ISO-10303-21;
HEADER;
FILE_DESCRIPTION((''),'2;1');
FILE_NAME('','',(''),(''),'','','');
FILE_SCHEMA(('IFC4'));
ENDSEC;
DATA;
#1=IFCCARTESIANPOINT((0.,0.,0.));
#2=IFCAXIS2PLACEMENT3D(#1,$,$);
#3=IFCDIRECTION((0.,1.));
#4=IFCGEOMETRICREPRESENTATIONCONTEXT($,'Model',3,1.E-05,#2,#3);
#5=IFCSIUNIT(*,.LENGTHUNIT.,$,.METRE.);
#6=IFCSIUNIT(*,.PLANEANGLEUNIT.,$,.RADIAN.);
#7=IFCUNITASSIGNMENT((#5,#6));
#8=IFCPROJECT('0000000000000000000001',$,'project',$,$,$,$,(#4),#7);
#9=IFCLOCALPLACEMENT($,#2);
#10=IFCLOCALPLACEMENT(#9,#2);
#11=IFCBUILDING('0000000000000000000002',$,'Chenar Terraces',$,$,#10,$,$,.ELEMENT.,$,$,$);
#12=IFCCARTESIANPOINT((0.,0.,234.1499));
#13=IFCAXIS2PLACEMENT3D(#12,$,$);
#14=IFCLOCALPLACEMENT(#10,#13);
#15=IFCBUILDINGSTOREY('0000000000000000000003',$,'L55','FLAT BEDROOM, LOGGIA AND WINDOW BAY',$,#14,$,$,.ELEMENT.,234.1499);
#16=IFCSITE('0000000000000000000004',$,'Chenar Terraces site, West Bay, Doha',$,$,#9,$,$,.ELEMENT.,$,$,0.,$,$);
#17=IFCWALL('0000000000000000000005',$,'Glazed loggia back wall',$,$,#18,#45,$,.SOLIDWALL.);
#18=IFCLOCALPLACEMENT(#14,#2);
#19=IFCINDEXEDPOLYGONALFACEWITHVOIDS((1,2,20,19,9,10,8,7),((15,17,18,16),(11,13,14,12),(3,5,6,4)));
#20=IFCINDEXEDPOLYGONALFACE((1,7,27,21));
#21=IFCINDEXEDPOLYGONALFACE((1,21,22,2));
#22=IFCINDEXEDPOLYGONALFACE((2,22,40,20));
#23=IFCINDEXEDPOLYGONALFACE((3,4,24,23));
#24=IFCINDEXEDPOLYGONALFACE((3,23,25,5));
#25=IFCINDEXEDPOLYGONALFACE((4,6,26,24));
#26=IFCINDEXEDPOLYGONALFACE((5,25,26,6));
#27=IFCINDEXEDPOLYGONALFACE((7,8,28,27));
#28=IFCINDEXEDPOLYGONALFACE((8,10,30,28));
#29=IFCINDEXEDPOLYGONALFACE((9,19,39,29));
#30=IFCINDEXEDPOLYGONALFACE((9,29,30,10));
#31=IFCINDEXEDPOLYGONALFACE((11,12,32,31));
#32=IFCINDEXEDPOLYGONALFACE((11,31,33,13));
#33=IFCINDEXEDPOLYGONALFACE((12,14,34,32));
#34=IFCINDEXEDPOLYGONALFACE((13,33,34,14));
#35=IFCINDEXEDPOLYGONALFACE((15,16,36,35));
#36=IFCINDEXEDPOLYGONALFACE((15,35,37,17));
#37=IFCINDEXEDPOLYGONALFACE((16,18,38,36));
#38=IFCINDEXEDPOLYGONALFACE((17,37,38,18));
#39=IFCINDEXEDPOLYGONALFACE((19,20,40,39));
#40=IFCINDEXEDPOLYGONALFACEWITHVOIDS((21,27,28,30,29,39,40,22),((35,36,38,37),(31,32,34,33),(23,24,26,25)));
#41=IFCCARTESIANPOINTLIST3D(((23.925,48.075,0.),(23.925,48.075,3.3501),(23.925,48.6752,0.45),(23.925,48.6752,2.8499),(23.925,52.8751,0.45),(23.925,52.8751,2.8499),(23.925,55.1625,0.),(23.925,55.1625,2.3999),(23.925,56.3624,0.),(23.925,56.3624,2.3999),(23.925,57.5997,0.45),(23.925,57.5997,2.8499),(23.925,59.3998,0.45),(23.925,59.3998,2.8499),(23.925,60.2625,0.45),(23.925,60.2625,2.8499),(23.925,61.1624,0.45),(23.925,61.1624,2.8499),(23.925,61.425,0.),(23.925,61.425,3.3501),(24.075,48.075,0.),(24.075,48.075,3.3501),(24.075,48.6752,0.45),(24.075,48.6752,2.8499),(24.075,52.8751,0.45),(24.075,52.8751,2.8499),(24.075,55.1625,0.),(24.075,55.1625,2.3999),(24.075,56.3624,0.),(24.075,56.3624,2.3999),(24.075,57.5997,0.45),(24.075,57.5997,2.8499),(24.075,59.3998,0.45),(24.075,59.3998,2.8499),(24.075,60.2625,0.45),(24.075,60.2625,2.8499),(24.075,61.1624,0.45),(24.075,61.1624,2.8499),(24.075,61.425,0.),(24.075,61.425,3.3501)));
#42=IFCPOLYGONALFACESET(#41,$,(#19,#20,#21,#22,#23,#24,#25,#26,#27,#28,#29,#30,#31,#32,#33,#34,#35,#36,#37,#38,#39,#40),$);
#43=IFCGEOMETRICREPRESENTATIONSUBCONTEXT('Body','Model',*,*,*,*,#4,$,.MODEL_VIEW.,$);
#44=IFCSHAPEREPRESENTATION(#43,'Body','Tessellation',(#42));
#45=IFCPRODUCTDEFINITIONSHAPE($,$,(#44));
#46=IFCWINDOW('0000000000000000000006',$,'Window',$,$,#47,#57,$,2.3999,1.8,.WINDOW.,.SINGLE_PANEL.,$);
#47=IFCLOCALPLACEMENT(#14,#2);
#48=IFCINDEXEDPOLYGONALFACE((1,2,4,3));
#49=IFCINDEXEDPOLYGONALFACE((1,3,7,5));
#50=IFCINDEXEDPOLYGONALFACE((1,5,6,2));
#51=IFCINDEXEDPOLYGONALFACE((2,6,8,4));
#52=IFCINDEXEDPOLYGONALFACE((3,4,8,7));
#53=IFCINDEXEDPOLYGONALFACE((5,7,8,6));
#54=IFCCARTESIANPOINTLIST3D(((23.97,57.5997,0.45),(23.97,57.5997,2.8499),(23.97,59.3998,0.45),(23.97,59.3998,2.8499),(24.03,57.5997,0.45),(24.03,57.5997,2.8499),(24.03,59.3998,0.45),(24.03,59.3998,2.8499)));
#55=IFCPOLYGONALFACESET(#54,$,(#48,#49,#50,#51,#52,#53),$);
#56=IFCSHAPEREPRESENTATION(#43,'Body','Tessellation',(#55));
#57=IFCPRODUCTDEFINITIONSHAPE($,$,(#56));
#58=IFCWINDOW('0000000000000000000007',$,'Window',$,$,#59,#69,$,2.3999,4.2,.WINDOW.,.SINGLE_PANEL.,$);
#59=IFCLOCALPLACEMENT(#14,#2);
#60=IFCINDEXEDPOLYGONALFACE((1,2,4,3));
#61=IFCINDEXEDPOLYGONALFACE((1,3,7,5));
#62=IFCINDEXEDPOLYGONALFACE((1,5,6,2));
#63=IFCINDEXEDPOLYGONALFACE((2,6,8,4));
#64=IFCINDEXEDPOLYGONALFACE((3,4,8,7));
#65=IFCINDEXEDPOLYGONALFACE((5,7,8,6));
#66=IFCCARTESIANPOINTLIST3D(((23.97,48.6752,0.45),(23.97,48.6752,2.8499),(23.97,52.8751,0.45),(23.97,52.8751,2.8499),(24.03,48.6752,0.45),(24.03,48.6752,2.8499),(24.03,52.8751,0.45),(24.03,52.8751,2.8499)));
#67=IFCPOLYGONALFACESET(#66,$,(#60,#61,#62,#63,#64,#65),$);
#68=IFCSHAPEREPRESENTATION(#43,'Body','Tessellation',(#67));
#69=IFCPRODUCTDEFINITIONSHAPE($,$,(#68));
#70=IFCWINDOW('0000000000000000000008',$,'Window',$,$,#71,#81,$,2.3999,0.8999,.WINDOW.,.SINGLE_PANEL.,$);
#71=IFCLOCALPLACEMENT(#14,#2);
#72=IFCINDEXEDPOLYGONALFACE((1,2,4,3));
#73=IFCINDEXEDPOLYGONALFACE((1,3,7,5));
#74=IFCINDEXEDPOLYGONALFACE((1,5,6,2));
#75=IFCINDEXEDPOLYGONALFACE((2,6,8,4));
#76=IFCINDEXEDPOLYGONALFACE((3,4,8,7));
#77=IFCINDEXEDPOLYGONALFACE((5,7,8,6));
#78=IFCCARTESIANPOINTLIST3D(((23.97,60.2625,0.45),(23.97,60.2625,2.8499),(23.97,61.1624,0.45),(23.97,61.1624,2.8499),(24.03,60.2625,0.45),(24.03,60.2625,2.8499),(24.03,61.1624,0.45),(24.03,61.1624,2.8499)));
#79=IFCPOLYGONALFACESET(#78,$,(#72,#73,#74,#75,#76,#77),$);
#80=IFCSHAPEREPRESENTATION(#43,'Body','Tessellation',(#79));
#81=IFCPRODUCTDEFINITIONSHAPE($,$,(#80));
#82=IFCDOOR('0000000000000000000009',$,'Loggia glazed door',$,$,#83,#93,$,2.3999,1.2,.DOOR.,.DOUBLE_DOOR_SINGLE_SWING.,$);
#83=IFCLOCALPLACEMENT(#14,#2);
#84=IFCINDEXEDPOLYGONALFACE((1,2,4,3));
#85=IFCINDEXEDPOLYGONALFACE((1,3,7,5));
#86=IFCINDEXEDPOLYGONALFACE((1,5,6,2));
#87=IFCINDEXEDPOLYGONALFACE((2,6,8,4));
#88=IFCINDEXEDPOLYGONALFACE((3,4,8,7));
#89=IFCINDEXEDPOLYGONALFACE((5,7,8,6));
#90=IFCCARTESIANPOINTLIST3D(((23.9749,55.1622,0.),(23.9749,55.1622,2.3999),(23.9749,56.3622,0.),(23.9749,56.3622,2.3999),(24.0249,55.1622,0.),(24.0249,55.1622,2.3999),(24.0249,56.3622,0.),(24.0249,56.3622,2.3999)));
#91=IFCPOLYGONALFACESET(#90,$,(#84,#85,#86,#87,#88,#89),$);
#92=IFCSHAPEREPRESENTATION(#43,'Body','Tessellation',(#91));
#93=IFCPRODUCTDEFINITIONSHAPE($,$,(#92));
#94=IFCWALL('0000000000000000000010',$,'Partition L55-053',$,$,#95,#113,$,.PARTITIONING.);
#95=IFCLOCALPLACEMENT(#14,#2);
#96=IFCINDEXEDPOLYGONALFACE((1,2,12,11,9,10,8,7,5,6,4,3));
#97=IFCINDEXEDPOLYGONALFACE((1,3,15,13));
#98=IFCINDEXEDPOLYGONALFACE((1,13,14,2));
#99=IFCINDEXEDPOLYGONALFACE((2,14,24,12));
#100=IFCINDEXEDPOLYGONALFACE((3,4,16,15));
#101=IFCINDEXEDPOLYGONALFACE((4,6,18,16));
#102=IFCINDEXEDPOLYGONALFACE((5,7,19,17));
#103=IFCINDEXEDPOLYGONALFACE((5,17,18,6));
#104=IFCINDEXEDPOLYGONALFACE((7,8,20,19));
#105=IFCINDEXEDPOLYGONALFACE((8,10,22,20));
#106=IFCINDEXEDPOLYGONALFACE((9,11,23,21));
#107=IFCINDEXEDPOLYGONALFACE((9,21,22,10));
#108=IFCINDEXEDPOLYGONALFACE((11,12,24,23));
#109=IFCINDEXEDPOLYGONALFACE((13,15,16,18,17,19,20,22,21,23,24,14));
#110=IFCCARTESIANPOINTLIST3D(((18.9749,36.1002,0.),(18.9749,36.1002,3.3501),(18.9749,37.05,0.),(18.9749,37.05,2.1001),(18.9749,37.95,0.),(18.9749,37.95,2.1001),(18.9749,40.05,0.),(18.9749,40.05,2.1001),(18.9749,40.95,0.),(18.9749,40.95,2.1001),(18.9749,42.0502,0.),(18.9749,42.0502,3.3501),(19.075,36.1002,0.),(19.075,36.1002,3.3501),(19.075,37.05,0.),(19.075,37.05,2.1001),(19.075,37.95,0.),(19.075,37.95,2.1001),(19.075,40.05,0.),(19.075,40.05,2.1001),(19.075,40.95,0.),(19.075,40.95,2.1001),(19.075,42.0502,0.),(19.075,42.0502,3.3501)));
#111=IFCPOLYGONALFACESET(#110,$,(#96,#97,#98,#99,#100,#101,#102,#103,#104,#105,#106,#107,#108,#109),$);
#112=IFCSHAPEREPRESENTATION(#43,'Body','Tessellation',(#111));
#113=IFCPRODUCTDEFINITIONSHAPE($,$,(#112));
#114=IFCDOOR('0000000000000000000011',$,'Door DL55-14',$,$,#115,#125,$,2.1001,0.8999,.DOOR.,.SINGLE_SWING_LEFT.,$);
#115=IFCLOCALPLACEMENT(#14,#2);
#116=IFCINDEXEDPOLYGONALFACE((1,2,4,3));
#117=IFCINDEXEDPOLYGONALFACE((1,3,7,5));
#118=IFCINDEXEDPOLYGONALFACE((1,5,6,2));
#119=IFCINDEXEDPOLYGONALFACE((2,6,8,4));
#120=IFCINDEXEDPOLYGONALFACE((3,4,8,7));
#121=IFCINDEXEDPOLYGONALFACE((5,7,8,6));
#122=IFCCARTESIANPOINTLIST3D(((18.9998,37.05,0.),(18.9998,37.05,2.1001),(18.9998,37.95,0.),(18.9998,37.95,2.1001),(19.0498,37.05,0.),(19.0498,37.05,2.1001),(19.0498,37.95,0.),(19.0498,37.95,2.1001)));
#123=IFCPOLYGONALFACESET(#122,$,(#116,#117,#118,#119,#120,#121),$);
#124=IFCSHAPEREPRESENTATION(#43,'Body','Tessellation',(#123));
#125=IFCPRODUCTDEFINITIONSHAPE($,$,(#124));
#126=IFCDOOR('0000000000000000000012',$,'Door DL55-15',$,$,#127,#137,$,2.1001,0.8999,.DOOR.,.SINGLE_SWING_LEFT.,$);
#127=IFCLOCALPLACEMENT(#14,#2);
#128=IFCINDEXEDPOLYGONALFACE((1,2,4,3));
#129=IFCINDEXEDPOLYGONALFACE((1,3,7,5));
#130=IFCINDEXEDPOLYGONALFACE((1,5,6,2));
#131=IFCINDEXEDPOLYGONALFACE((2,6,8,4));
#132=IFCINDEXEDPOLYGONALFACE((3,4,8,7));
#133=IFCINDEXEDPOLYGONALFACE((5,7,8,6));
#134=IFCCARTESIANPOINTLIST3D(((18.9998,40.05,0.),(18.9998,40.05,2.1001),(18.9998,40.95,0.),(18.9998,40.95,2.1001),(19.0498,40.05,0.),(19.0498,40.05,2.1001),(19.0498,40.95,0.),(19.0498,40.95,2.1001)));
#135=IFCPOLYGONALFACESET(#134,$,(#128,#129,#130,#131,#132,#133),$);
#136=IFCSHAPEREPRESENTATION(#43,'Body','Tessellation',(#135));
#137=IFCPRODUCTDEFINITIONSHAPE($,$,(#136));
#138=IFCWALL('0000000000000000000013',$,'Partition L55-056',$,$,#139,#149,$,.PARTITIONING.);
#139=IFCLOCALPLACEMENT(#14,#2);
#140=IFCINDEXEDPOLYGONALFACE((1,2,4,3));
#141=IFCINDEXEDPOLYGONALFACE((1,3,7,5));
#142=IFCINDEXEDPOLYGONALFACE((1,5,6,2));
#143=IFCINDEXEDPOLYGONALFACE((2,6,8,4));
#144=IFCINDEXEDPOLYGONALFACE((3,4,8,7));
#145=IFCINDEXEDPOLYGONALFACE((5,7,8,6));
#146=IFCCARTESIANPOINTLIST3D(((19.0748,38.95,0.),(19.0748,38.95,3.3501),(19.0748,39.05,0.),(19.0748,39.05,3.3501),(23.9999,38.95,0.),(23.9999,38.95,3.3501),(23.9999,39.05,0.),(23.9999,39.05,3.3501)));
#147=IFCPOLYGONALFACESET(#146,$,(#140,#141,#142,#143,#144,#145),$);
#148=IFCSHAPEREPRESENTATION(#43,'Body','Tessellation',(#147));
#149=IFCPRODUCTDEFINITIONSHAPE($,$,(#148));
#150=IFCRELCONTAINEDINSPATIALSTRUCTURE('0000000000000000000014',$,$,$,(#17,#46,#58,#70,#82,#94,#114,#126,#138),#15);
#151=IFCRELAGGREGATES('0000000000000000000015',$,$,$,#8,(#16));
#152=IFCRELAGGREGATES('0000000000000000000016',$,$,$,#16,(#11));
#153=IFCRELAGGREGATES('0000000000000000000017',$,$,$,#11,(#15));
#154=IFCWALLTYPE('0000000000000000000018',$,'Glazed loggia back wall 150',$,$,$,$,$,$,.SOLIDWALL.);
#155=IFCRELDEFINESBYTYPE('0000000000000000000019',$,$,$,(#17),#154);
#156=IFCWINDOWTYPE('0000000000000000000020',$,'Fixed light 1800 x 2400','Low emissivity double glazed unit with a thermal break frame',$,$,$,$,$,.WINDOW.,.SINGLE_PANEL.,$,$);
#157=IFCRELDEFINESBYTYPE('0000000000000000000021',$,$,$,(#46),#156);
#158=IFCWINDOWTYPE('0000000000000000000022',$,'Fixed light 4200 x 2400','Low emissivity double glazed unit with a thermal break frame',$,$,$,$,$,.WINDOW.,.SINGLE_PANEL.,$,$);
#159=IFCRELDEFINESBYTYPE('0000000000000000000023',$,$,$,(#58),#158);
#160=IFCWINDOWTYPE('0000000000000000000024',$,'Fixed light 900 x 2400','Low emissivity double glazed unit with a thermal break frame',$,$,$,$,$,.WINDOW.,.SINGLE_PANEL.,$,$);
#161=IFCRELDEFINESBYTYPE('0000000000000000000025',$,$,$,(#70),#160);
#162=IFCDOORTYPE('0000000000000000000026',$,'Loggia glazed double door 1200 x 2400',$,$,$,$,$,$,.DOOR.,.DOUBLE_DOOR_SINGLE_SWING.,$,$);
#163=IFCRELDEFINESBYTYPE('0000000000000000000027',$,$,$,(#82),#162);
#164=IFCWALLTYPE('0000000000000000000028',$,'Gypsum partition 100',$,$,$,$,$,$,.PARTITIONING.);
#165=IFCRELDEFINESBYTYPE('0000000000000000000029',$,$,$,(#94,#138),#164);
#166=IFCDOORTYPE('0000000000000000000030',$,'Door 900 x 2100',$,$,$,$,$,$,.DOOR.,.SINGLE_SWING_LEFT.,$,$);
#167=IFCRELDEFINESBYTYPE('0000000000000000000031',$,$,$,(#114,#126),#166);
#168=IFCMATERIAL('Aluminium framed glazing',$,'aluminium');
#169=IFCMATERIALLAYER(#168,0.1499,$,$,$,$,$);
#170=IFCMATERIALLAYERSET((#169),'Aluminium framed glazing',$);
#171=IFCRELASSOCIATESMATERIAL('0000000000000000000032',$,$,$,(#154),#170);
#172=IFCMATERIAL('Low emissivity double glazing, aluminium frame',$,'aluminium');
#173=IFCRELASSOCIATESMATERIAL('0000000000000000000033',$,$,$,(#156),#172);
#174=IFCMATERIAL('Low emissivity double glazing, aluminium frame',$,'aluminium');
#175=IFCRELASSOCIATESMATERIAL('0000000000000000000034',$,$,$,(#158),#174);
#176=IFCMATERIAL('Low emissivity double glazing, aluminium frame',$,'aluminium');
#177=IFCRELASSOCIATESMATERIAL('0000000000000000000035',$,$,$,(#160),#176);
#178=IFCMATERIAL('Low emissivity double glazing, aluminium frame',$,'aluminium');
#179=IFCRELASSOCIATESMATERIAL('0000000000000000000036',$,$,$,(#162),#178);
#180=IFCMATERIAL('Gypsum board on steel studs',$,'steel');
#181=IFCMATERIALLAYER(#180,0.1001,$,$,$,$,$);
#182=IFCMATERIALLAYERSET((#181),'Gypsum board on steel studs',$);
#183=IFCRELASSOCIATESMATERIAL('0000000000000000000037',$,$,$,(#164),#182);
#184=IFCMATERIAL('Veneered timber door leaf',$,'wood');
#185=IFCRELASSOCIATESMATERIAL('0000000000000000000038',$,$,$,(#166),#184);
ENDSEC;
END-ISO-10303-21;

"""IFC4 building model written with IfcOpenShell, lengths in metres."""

from ifc_helpers import new_model, si_unit, direction, frame, frame_2d, origin, place, context, subcontext, project, spatial, rectangle, extrude, material, layer, layer_set, type_object, element, fill, save


model = new_model("IFC4")

# Units and contexts
model_context = context("Model", 3, precision=1e-05, world=origin(), true_north=direction((0.0, 1.0)))
body_context = subcontext(model_context, "Body", "Model", "MODEL_VIEW")
ifc_project = project(units=[si_unit("LENGTHUNIT", "METRE"), si_unit("PLANEANGLEUNIT", "RADIAN")], contexts=[model_context])

# Site, building, storey
site_placement = place(None, origin())
site = spatial("IfcSite", under=ifc_project, at=site_placement, Name="Chenar Terraces site, West Bay, Doha", CompositionType="ELEMENT", RefElevation=0.0)
building_placement = place(site_placement, origin())
building = spatial("IfcBuilding", under=site, at=building_placement, Name="Chenar Terraces", CompositionType="ELEMENT")
storey_placement = place(building_placement, frame((0.0, 0.0, 234.1499)))
storey = spatial("IfcBuildingStorey", under=building, at=storey_placement, Name="L55", Description="FLAT BEDROOM, LOGGIA AND WINDOW BAY", CompositionType="ELEMENT", Elevation=234.1499)

# Wall, openings, windows, door
ifc_material_1 = material(Name="Aluminium framed glazing", Category="aluminium")
ifc_layer_1 = layer(ifc_material_1, 0.1499)
ifc_layer_set_1 = layer_set([ifc_layer_1], Name="Aluminium framed glazing")
wall_type_1 = type_object("IfcWallType", Name="Glazed loggia back wall 150", PredefinedType="SOLIDWALL", material=ifc_layer_set_1)
wall_1_placement = place(storey_placement, frame((24.0, 48.075, 0.0), z_axis=(0.0, 0.0, 1.0), x_axis=(0.0, 1.0, 0.0)))
wall_1 = element("IfcWall", 1, at=wall_1_placement, inside=storey, type_object=wall_type_1, Name="Glazed loggia back wall", PredefinedType="SOLIDWALL", context=body_context, shape_type="SweptSolid", body=[
    extrude(rectangle(XDim=13.3501, YDim=0.1499, at=frame_2d((6.675, 0.0))), origin(), (0.0, 0.0, 1.0), 3.3501),
])
opening_1_placement = place(wall_1_placement, frame((0.6001, 0.0, 0.45)))
opening_1 = element("IfcOpeningElement", 2, at=opening_1_placement, cuts=wall_1, PredefinedType="OPENING", context=body_context, shape_type="SweptSolid", body=[
    extrude(rectangle(XDim=4.2, YDim=2.3999, at=frame_2d((2.1001, 1.2))), frame((0.0, 0.085, 0.0), z_axis=(0.0, -1.0, 0.0), x_axis=(1.0, 0.0, 0.0)), (0.0, 0.0, 1.0), 0.1699),
])
opening_2_placement = place(wall_1_placement, frame((7.0874, 0.0, 0.0)))
opening_2 = element("IfcOpeningElement", 3, at=opening_2_placement, cuts=wall_1, PredefinedType="OPENING", context=body_context, shape_type="SweptSolid", body=[
    extrude(rectangle(XDim=1.2, YDim=2.3999, at=frame_2d((0.6001, 1.2))), frame((0.0, 0.085, 0.0), z_axis=(0.0, -1.0, 0.0), x_axis=(1.0, 0.0, 0.0)), (0.0, 0.0, 1.0), 0.1699),
])
opening_3_placement = place(wall_1_placement, frame((9.5249, 0.0, 0.45)))
opening_3 = element("IfcOpeningElement", 4, at=opening_3_placement, cuts=wall_1, PredefinedType="OPENING", context=body_context, shape_type="SweptSolid", body=[
    extrude(rectangle(XDim=1.8, YDim=2.3999, at=frame_2d((0.8999, 1.2))), frame((0.0, 0.085, 0.0), z_axis=(0.0, -1.0, 0.0), x_axis=(1.0, 0.0, 0.0)), (0.0, 0.0, 1.0), 0.1699),
])
opening_4_placement = place(wall_1_placement, frame((12.1875, 0.0, 0.45)))
opening_4 = element("IfcOpeningElement", 5, at=opening_4_placement, cuts=wall_1, PredefinedType="OPENING", context=body_context, shape_type="SweptSolid", body=[
    extrude(rectangle(XDim=0.8999, YDim=2.3999, at=frame_2d((0.45, 1.2))), frame((0.0, 0.085, 0.0), z_axis=(0.0, -1.0, 0.0), x_axis=(1.0, 0.0, 0.0)), (0.0, 0.0, 1.0), 0.1699),
])
ifc_material_2 = material(Name="Low emissivity double glazing, aluminium frame", Category="aluminium")
window_type_1 = type_object("IfcWindowType", Name="Fixed light 1800 x 2400", Description="Low emissivity double glazed unit with a thermal break frame", PartitioningType="SINGLE_PANEL", PredefinedType="WINDOW", material=ifc_material_2)
window_1_placement = place(opening_3_placement, origin())
window_1 = element("IfcWindow", 6, at=window_1_placement, inside=storey, type_object=window_type_1, Name="Window", OverallHeight=2.3999, OverallWidth=1.8, PartitioningType="SINGLE_PANEL", PredefinedType="WINDOW", context=body_context, shape_type="SweptSolid", body=[
    extrude(rectangle(XDim=1.8, YDim=2.3999, at=frame_2d((0.8999, 1.2))), frame((0.0, 0.03, 0.0), z_axis=(0.0, -1.0, 0.0), x_axis=(1.0, 0.0, 0.0)), (0.0, 0.0, 1.0), 0.0601),
])
fill(opening_3, window_1)
ifc_material_3 = material(Name="Low emissivity double glazing, aluminium frame", Category="aluminium")
window_type_2 = type_object("IfcWindowType", Name="Fixed light 4200 x 2400", Description="Low emissivity double glazed unit with a thermal break frame", PartitioningType="SINGLE_PANEL", PredefinedType="WINDOW", material=ifc_material_3)
window_2_placement = place(opening_1_placement, origin())
window_2 = element("IfcWindow", 7, at=window_2_placement, inside=storey, type_object=window_type_2, Name="Window", OverallHeight=2.3999, OverallWidth=4.2, PartitioningType="SINGLE_PANEL", PredefinedType="WINDOW", context=body_context, shape_type="SweptSolid", body=[
    extrude(rectangle(XDim=4.2, YDim=2.3999, at=frame_2d((2.1001, 1.2))), frame((0.0, 0.03, 0.0), z_axis=(0.0, -1.0, 0.0), x_axis=(1.0, 0.0, 0.0)), (0.0, 0.0, 1.0), 0.0601),
])
fill(opening_1, window_2)
ifc_material_4 = material(Name="Low emissivity double glazing, aluminium frame", Category="aluminium")
window_type_3 = type_object("IfcWindowType", Name="Fixed light 900 x 2400", Description="Low emissivity double glazed unit with a thermal break frame", PartitioningType="SINGLE_PANEL", PredefinedType="WINDOW", material=ifc_material_4)
window_3_placement = place(opening_4_placement, origin())
window_3 = element("IfcWindow", 8, at=window_3_placement, inside=storey, type_object=window_type_3, Name="Window", OverallHeight=2.3999, OverallWidth=0.8999, PartitioningType="SINGLE_PANEL", PredefinedType="WINDOW", context=body_context, shape_type="SweptSolid", body=[
    extrude(rectangle(XDim=0.8999, YDim=2.3999, at=frame_2d((0.45, 1.2))), frame((0.0, 0.03, 0.0), z_axis=(0.0, -1.0, 0.0), x_axis=(1.0, 0.0, 0.0)), (0.0, 0.0, 1.0), 0.0601),
])
fill(opening_4, window_3)
ifc_material_5 = material(Name="Low emissivity double glazing, aluminium frame", Category="aluminium")
door_type_1 = type_object("IfcDoorType", Name="Loggia glazed double door 1200 x 2400", OperationType="DOUBLE_DOOR_SINGLE_SWING", PredefinedType="DOOR", material=ifc_material_5)
door_1_placement = place(opening_2_placement, frame((1.2, 0.0, 0.0), z_axis=(0.0, 0.0, 1.0), x_axis=(-1.0, 0.0, 0.0)))
door_1 = element("IfcDoor", 9, at=door_1_placement, inside=storey, type_object=door_type_1, Name="Loggia glazed door", OperationType="DOUBLE_DOOR_SINGLE_SWING", OverallHeight=2.3999, OverallWidth=1.2, PredefinedType="DOOR", context=body_context, shape_type="SweptSolid", body=[
    extrude(rectangle(XDim=1.2, YDim=2.3999, at=frame_2d((0.6001, 1.2))), frame((0.0, 0.0249, 0.0), z_axis=(0.0, -1.0, 0.0), x_axis=(1.0, 0.0, 0.0)), (0.0, 0.0, 1.0), 0.05),
])
fill(opening_2, door_1)

# Wall, openings, doors
ifc_material_6 = material(Name="Gypsum board on steel studs", Category="steel")
ifc_layer_2 = layer(ifc_material_6, 0.1001)
ifc_layer_set_2 = layer_set([ifc_layer_2], Name="Gypsum board on steel studs")
wall_type_2 = type_object("IfcWallType", Name="Gypsum partition 100", PredefinedType="PARTITIONING", material=ifc_layer_set_2)
wall_2_placement = place(storey_placement, frame((19.0249, 36.1001, 0.0), z_axis=(0.0, 0.0, 1.0), x_axis=(0.0, 1.0, 0.0)))
wall_2 = element("IfcWall", 10, at=wall_2_placement, inside=storey, type_object=wall_type_2, Name="Partition L55-053", PredefinedType="PARTITIONING", context=body_context, shape_type="SweptSolid", body=[
    extrude(rectangle(XDim=5.95, YDim=0.1001, at=frame_2d((2.9751, 0.0))), origin(), (0.0, 0.0, 1.0), 3.3501),
])
opening_5_placement = place(wall_2_placement, frame((0.95, 0.0, 0.0)))
opening_5 = element("IfcOpeningElement", 11, at=opening_5_placement, cuts=wall_2, PredefinedType="OPENING", context=body_context, shape_type="SweptSolid", body=[
    extrude(rectangle(XDim=0.8999, YDim=2.1001, at=frame_2d((0.45, 1.05))), frame((0.0, 0.0601, 0.0), z_axis=(0.0, -1.0, 0.0), x_axis=(1.0, 0.0, 0.0)), (0.0, 0.0, 1.0), 0.1201),
])
opening_6_placement = place(wall_2_placement, frame((3.95, 0.0, 0.0)))
opening_6 = element("IfcOpeningElement", 12, at=opening_6_placement, cuts=wall_2, PredefinedType="OPENING", context=body_context, shape_type="SweptSolid", body=[
    extrude(rectangle(XDim=0.8999, YDim=2.1001, at=frame_2d((0.45, 1.05))), frame((0.0, 0.0601, 0.0), z_axis=(0.0, -1.0, 0.0), x_axis=(1.0, 0.0, 0.0)), (0.0, 0.0, 1.0), 0.1201),
])
ifc_material_7 = material(Name="Veneered timber door leaf", Category="wood")
door_type_2 = type_object("IfcDoorType", Name="Door 900 x 2100", OperationType="SINGLE_SWING_LEFT", PredefinedType="DOOR", material=ifc_material_7)
door_2_placement = place(opening_5_placement, frame((0.8999, 0.0, 0.0), z_axis=(0.0, 0.0, 1.0), x_axis=(-1.0, 0.0, 0.0)))
door_2 = element("IfcDoor", 13, at=door_2_placement, inside=storey, type_object=door_type_2, Name="Door DL55-14", OperationType="SINGLE_SWING_LEFT", OverallHeight=2.1001, OverallWidth=0.8999, PredefinedType="DOOR", context=body_context, shape_type="SweptSolid", body=[
    extrude(rectangle(XDim=0.8999, YDim=2.1001, at=frame_2d((0.45, 1.05))), frame((0.0, 0.0249, 0.0), z_axis=(0.0, -1.0, 0.0), x_axis=(1.0, 0.0, 0.0)), (0.0, 0.0, 1.0), 0.05),
])
fill(opening_5, door_2)
door_3_placement = place(opening_6_placement, frame((0.8999, 0.0, 0.0), z_axis=(0.0, 0.0, 1.0), x_axis=(-1.0, 0.0, 0.0)))
door_3 = element("IfcDoor", 14, at=door_3_placement, inside=storey, type_object=door_type_2, Name="Door DL55-15", OperationType="SINGLE_SWING_LEFT", OverallHeight=2.1001, OverallWidth=0.8999, PredefinedType="DOOR", context=body_context, shape_type="SweptSolid", body=[
    extrude(rectangle(XDim=0.8999, YDim=2.1001, at=frame_2d((0.45, 1.05))), frame((0.0, 0.0249, 0.0), z_axis=(0.0, -1.0, 0.0), x_axis=(1.0, 0.0, 0.0)), (0.0, 0.0, 1.0), 0.05),
])
fill(opening_6, door_3)

# Wall
wall_3_placement = place(storey_placement, frame((19.075, 39.0, 0.0), z_axis=(0.0, 0.0, 1.0), x_axis=(1.0, 0.0, 0.0)))
element("IfcWall", 15, at=wall_3_placement, inside=storey, type_object=wall_type_2, Name="Partition L55-056", PredefinedType="PARTITIONING", context=body_context, shape_type="SweptSolid", body=[
    extrude(rectangle(XDim=4.925, YDim=0.1001, at=frame_2d((2.4624, 0.0))), origin(), (0.0, 0.0, 1.0), 3.3501),
])

save(model, "model.ifc")
